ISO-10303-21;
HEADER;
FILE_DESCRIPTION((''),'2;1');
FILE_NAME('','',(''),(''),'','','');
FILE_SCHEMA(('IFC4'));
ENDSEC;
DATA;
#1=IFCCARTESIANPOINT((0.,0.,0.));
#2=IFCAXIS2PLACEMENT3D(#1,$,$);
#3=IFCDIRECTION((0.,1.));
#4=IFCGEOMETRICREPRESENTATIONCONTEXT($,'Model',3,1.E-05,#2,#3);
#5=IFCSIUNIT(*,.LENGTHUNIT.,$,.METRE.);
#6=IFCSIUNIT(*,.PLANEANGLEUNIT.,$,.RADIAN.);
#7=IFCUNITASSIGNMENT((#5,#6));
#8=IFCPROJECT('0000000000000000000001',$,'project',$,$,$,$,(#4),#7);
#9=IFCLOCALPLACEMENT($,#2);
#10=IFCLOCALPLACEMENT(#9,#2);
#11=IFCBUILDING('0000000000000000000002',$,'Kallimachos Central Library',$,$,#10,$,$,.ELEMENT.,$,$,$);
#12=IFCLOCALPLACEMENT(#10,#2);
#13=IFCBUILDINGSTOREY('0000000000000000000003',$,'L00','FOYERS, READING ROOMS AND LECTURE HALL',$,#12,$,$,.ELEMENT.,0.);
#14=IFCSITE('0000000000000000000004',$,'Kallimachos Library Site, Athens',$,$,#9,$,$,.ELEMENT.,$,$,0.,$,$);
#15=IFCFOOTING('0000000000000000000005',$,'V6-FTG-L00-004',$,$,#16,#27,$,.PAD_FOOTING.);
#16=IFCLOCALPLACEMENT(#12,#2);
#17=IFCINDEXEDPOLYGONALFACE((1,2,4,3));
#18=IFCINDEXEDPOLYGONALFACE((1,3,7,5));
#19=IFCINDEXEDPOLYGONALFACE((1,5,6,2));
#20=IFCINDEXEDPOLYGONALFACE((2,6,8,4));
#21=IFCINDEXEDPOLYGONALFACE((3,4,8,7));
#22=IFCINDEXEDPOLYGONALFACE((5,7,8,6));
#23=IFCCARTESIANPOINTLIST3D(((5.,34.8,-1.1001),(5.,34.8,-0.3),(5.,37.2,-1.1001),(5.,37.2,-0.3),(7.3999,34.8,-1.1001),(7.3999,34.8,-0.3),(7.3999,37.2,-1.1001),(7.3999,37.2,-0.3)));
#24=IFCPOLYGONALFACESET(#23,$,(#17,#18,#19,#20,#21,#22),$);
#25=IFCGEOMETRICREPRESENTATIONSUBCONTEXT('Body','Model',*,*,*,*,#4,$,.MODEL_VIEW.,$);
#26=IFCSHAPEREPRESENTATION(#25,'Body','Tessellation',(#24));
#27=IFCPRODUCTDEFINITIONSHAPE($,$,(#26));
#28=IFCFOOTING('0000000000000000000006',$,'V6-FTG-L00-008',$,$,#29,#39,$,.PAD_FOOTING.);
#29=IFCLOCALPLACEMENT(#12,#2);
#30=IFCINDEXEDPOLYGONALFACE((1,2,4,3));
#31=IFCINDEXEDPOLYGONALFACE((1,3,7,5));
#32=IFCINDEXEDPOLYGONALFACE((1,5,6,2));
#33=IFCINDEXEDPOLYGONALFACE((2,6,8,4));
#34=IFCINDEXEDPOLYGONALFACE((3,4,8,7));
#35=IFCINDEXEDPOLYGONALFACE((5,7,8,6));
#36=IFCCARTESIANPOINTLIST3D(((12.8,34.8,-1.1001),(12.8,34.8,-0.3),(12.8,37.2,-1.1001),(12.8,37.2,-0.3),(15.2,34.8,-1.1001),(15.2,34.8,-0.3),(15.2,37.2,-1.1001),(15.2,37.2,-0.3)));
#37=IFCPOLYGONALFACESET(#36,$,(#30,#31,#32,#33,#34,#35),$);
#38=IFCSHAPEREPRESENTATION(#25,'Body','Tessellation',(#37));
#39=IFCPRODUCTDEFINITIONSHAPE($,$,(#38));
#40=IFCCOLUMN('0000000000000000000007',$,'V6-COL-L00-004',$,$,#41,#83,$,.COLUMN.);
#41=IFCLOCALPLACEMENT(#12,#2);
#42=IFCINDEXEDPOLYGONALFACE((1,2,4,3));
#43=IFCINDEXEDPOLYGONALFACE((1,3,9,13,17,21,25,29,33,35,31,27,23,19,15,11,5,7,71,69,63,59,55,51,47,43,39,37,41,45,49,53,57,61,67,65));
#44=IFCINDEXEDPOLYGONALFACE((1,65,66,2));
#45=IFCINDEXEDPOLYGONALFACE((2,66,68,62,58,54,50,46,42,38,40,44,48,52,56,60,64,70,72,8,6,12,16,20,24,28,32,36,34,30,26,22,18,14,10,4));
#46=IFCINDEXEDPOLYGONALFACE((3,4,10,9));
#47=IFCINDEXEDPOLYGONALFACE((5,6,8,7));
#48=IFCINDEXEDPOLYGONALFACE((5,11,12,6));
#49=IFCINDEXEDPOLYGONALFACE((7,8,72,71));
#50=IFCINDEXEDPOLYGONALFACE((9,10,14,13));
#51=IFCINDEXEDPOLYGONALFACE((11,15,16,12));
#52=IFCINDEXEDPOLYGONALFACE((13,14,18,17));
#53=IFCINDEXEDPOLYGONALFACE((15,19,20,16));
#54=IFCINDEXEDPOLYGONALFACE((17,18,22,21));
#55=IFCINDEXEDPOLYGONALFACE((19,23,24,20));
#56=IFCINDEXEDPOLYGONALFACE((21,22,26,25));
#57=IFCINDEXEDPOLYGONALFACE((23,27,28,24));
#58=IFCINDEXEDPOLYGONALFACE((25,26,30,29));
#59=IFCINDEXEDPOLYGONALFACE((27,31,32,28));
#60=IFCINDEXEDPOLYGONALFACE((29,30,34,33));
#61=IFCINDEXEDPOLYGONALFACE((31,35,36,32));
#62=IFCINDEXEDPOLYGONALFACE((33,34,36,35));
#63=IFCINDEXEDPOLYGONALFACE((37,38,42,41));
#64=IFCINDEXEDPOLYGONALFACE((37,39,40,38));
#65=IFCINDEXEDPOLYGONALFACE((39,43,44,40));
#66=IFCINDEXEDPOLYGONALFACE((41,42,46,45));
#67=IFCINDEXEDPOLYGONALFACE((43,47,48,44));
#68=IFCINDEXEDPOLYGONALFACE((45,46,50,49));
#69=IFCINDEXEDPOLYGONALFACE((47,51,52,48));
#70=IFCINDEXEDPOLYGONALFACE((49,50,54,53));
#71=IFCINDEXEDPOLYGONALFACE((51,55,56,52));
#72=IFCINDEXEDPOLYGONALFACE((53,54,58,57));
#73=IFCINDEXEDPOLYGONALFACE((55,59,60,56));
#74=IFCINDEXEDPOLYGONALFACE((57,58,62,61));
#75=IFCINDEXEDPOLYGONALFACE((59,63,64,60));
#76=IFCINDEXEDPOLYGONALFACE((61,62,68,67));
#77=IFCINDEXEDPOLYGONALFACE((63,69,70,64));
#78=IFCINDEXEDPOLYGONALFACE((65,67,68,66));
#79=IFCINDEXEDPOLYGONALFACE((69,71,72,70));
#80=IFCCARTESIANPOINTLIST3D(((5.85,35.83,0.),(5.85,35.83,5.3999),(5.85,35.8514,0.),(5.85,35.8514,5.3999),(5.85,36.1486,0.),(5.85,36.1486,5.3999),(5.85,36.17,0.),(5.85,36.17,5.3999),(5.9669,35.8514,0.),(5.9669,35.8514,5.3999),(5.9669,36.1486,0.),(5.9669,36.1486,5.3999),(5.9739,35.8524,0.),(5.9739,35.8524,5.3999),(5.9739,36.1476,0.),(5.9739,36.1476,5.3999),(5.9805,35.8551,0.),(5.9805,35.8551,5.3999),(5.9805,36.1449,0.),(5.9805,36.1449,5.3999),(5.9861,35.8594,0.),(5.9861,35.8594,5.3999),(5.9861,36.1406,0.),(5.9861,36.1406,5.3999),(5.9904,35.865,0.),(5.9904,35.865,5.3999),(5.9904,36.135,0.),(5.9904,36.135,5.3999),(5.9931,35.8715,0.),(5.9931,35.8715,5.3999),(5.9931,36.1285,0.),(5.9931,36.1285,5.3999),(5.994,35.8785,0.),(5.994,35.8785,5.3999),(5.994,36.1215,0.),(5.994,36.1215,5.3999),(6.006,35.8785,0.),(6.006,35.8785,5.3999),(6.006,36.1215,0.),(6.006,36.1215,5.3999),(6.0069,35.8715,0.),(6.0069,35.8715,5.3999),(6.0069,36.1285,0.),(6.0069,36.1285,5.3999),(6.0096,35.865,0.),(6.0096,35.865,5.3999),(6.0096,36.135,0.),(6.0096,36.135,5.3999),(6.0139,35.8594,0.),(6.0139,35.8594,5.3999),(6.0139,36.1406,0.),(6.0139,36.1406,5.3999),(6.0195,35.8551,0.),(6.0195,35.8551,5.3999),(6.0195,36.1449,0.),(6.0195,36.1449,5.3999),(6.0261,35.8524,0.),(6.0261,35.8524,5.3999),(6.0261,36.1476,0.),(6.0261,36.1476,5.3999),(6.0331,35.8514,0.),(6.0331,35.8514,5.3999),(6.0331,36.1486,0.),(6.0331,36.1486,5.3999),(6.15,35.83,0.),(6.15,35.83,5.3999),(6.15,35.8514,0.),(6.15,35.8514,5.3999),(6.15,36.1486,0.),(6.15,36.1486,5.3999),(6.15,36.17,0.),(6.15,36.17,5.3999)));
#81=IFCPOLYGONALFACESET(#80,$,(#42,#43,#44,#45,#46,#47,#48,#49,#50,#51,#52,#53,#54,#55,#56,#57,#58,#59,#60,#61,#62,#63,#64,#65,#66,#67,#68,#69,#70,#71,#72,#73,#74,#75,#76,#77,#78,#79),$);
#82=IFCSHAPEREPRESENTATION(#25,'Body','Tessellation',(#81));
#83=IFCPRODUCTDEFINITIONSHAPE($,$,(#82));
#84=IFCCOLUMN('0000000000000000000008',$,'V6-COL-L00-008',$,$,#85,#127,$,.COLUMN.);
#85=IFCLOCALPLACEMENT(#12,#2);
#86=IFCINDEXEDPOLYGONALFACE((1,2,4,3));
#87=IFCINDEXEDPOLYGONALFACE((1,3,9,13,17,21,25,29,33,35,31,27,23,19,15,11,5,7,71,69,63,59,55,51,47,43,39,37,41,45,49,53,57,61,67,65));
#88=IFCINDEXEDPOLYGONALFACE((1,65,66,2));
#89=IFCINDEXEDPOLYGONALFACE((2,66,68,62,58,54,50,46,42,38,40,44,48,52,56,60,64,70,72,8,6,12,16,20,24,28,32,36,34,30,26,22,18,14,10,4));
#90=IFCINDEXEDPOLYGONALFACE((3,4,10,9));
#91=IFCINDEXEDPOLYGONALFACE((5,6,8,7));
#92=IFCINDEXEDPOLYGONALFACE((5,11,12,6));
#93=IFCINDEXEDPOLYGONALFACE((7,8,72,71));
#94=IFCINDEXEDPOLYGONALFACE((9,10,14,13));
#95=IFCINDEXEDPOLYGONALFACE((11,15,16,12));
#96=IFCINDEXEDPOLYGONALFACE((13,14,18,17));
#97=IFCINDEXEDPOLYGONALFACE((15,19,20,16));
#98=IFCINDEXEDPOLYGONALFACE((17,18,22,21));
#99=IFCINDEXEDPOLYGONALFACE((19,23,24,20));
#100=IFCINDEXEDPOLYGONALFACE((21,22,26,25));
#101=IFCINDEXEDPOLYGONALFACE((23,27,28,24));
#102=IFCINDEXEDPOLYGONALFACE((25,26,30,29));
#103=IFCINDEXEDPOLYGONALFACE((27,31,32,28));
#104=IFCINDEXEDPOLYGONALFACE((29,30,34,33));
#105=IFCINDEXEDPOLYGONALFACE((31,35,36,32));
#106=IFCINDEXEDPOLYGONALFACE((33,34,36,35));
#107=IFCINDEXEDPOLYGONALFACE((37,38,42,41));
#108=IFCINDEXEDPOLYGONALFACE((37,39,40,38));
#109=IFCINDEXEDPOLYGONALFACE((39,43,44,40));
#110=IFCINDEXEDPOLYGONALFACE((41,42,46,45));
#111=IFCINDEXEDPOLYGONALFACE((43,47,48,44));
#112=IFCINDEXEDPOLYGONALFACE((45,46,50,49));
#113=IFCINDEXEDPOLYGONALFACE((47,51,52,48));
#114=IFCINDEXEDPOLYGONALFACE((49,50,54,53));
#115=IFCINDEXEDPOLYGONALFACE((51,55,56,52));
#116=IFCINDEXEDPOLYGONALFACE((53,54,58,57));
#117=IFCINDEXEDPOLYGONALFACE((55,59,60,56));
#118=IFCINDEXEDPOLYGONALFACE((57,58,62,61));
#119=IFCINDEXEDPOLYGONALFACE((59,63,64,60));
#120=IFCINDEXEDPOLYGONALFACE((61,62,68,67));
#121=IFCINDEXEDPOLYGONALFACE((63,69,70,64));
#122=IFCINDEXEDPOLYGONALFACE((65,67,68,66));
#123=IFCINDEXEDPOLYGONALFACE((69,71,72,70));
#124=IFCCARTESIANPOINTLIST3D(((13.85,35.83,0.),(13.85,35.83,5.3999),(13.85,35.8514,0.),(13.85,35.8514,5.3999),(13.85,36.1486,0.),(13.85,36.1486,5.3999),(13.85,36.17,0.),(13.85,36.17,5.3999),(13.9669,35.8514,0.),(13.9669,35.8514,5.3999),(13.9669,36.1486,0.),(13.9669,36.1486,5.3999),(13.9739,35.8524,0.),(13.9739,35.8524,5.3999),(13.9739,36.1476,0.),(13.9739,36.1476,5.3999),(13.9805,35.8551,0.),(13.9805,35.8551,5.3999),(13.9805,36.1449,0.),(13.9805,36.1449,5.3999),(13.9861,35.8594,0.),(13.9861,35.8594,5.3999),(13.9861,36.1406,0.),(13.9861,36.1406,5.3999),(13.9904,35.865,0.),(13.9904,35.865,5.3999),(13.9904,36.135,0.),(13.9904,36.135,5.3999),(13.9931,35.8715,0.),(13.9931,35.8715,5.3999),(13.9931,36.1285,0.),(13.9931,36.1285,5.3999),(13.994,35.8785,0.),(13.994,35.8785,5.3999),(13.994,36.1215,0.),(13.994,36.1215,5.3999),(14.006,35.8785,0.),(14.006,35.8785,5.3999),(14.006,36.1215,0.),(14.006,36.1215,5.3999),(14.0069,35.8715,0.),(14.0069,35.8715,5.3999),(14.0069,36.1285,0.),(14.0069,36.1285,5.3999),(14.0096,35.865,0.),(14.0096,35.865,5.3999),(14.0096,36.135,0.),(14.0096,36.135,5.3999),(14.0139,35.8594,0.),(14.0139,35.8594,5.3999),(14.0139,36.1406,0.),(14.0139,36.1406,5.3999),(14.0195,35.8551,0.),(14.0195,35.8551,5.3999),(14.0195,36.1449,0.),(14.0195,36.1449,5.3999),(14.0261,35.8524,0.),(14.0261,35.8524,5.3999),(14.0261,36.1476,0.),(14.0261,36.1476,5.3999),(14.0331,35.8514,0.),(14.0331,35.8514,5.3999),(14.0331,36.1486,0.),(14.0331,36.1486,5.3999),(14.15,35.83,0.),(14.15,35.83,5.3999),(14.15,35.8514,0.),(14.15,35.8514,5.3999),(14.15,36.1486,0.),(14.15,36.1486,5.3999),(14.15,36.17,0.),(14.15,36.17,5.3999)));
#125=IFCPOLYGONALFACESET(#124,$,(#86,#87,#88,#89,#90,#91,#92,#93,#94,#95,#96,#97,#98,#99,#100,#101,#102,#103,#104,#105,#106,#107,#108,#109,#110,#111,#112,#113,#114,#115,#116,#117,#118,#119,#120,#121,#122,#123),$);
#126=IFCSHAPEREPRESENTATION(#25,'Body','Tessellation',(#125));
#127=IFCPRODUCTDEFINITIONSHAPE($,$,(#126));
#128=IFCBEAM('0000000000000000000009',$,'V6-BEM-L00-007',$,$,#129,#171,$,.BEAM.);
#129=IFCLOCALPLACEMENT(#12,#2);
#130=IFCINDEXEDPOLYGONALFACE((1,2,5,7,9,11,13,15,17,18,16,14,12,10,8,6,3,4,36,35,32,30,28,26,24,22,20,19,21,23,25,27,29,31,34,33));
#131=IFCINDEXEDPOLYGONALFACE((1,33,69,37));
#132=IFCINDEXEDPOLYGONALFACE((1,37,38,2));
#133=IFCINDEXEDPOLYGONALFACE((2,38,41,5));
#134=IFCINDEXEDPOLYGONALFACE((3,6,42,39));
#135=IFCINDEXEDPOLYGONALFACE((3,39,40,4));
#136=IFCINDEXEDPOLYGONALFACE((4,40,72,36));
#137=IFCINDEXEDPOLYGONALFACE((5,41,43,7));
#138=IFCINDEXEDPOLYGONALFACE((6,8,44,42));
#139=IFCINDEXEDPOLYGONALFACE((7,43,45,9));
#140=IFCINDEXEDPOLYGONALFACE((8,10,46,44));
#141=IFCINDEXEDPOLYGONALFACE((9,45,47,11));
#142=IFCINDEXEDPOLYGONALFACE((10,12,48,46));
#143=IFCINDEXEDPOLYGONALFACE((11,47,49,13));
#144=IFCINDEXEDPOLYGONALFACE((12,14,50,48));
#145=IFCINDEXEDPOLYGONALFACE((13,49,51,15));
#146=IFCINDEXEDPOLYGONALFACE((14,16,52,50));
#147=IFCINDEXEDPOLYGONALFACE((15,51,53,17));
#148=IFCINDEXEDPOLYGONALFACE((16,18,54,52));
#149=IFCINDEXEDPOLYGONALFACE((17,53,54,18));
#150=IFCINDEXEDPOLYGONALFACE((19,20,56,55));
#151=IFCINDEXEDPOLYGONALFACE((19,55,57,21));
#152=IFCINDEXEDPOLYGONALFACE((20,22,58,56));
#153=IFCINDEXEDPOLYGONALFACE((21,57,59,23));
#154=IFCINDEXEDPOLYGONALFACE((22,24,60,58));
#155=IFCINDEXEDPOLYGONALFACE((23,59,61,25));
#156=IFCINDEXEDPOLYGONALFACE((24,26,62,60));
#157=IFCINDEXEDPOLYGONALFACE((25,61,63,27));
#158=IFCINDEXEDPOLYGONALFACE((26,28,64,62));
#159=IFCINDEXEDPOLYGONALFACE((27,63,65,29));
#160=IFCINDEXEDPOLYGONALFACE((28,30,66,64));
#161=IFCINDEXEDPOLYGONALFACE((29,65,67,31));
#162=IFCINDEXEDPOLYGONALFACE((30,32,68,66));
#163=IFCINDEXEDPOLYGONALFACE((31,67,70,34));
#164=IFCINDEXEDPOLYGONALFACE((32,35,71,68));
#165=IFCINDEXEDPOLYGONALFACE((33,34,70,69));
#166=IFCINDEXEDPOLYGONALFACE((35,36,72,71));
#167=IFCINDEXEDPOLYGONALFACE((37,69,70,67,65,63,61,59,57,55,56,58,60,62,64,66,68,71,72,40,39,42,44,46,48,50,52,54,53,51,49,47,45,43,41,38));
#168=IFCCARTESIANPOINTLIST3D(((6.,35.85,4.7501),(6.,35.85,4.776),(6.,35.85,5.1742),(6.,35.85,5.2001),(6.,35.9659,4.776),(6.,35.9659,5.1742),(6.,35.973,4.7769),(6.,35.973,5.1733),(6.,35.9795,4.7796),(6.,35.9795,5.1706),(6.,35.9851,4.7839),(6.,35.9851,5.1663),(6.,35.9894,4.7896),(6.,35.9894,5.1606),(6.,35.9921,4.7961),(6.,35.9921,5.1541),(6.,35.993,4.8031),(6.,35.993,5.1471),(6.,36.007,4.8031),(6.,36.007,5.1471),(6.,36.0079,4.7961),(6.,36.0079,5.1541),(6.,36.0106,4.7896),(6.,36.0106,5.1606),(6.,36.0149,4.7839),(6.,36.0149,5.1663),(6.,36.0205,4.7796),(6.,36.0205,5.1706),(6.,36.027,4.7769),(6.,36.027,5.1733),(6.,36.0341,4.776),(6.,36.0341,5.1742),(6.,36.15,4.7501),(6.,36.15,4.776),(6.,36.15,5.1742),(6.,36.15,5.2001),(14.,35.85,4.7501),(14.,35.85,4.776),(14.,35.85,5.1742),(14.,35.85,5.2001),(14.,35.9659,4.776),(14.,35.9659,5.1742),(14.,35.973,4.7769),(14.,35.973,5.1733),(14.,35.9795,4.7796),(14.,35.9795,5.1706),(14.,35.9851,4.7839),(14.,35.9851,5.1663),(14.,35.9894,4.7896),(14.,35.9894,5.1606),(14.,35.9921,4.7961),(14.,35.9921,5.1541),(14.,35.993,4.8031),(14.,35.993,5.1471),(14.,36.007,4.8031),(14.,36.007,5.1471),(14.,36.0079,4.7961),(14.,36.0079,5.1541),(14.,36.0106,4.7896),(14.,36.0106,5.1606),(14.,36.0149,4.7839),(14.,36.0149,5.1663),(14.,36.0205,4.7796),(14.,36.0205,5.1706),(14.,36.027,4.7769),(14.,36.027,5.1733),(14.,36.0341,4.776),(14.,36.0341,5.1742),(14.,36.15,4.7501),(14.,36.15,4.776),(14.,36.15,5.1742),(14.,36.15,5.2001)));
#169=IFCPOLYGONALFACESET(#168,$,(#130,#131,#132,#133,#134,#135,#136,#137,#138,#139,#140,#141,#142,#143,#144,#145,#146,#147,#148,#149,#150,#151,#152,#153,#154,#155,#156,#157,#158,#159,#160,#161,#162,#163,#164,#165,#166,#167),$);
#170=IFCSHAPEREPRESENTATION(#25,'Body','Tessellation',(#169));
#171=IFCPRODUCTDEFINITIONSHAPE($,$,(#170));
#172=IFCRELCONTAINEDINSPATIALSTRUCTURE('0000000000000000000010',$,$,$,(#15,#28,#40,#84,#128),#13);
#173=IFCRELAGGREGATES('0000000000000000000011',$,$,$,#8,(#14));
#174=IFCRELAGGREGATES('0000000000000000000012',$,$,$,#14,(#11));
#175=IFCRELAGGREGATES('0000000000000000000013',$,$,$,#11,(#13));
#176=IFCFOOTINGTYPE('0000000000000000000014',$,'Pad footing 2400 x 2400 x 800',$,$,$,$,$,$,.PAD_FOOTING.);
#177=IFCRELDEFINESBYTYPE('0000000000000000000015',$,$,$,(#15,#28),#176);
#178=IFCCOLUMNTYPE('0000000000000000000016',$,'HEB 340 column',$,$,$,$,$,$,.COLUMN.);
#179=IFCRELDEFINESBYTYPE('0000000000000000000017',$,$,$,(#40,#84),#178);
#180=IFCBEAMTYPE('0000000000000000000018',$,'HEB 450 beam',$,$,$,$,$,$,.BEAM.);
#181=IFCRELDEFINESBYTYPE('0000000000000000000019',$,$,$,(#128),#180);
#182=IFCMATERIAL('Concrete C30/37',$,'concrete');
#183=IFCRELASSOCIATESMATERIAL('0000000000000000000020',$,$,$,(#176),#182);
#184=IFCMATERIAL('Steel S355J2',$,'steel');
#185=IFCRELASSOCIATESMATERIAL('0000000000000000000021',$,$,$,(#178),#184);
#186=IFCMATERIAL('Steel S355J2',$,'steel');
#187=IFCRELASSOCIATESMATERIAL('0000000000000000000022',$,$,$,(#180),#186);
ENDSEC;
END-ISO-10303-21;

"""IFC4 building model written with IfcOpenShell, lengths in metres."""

from ifc_helpers import new_model, si_unit, direction, frame, origin, origin_2d, place, context, subcontext, project, spatial, rectangle, i_section, extrude, material, material_profile, profile_set, type_object, element, save


model = new_model("IFC4")

# Units and contexts
model_context = context("Model", 3, precision=1e-05, world=origin(), true_north=direction((0.0, 1.0)))
body_context = subcontext(model_context, "Body", "Model", "MODEL_VIEW")
ifc_project = project(units=[si_unit("LENGTHUNIT", "METRE"), si_unit("PLANEANGLEUNIT", "RADIAN")], contexts=[model_context])

# Site, building, storey
site_placement = place(None, origin())
site = spatial("IfcSite", under=ifc_project, at=site_placement, Name="Kallimachos Library Site, Athens", CompositionType="ELEMENT", RefElevation=0.0)
building_placement = place(site_placement, origin())
building = spatial("IfcBuilding", under=site, at=building_placement, Name="Kallimachos Central Library", CompositionType="ELEMENT")
storey_placement = place(building_placement, origin())
storey = spatial("IfcBuildingStorey", under=building, at=storey_placement, Name="L00", Description="FOYERS, READING ROOMS AND LECTURE HALL", CompositionType="ELEMENT", Elevation=0.0)

# Footings
ifc_material_1 = material(Name="Concrete C30/37", Category="concrete")
footing_type = type_object("IfcFootingType", Name="Pad footing 2400 x 2400 x 800", PredefinedType="PAD_FOOTING", material=ifc_material_1)
for number, where, z_axis, x_axis, name in (
    (1, (6.2, 36.0, -1.1001), (0.0, 0.0, 1.0), (1.0, 0.0, 0.0), "V6-FTG-L00-004"),
    (2, (14.0, 36.0, -1.1001), (0.0, 0.0, 1.0), (1.0, 0.0, 0.0), "V6-FTG-L00-008"),
):
    element("IfcFooting", number, at=place(storey_placement, frame(where, z_axis=z_axis, x_axis=x_axis)), inside=storey, type_object=footing_type, Name=name, PredefinedType="PAD_FOOTING", context=body_context, shape_type="SweptSolid", body=[
        extrude(rectangle(XDim=2.3999, YDim=2.3999, at=origin_2d()), origin(), (0.0, 0.0, 1.0), 0.8),
    ])

# Columns
ifc_material_2 = material(Name="Steel S355J2", Category="steel")
ifc_material_profile_1 = material_profile(ifc_material_2, i_section(OverallWidth=0.3, OverallDepth=0.3401, WebThickness=0.012, FlangeThickness=0.0215, FilletRadius=0.0271, at=origin_2d()), Name="HEB 340")
ifc_profile_set_1 = profile_set([ifc_material_profile_1], Name="Steel S355J2")
column_type = type_object("IfcColumnType", Name="HEB 340 column", PredefinedType="COLUMN", material=ifc_profile_set_1)
for number, where, z_axis, x_axis, name in (
    (3, (6.0, 36.0, 0.0), (0.0, 0.0, 1.0), (1.0, 0.0, 0.0), "V6-COL-L00-004"),
    (4, (14.0, 36.0, 0.0), (0.0, 0.0, 1.0), (1.0, 0.0, 0.0), "V6-COL-L00-008"),
):
    element("IfcColumn", number, at=place(storey_placement, frame(where, z_axis=z_axis, x_axis=x_axis)), inside=storey, type_object=column_type, Name=name, PredefinedType="COLUMN", context=body_context, shape_type="SweptSolid", body=[
        extrude(i_section(OverallWidth=0.3, OverallDepth=0.3401, WebThickness=0.012, FlangeThickness=0.0215, FilletRadius=0.0271, at=origin_2d()), origin(), (0.0, 0.0, 1.0), 5.3999),
    ])

# Beam
ifc_material_3 = material(Name="Steel S355J2", Category="steel")
ifc_material_profile_2 = material_profile(ifc_material_3, i_section(OverallWidth=0.3, OverallDepth=0.45, WebThickness=0.0139, FlangeThickness=0.0259, FilletRadius=0.0271, at=origin_2d()), Name="HEB 450")
ifc_profile_set_2 = profile_set([ifc_material_profile_2], Name="Steel S355J2")
beam_type = type_object("IfcBeamType", Name="HEB 450 beam", PredefinedType="BEAM", material=ifc_profile_set_2)
beam_placement = place(storey_placement, frame((6.0, 36.0, 4.9751), z_axis=(1.0, 0.0, 0.0), x_axis=(0.0, 1.0, 0.0)))
element("IfcBeam", 5, at=beam_placement, inside=storey, type_object=beam_type, Name="V6-BEM-L00-007", PredefinedType="BEAM", context=body_context, shape_type="SweptSolid", body=[
    extrude(i_section(OverallWidth=0.3, OverallDepth=0.45, WebThickness=0.0139, FlangeThickness=0.0259, FilletRadius=0.0271, at=origin_2d()), origin(), (0.0, 0.0, 1.0), 8.0),
])

save(model, "model.ifc")
